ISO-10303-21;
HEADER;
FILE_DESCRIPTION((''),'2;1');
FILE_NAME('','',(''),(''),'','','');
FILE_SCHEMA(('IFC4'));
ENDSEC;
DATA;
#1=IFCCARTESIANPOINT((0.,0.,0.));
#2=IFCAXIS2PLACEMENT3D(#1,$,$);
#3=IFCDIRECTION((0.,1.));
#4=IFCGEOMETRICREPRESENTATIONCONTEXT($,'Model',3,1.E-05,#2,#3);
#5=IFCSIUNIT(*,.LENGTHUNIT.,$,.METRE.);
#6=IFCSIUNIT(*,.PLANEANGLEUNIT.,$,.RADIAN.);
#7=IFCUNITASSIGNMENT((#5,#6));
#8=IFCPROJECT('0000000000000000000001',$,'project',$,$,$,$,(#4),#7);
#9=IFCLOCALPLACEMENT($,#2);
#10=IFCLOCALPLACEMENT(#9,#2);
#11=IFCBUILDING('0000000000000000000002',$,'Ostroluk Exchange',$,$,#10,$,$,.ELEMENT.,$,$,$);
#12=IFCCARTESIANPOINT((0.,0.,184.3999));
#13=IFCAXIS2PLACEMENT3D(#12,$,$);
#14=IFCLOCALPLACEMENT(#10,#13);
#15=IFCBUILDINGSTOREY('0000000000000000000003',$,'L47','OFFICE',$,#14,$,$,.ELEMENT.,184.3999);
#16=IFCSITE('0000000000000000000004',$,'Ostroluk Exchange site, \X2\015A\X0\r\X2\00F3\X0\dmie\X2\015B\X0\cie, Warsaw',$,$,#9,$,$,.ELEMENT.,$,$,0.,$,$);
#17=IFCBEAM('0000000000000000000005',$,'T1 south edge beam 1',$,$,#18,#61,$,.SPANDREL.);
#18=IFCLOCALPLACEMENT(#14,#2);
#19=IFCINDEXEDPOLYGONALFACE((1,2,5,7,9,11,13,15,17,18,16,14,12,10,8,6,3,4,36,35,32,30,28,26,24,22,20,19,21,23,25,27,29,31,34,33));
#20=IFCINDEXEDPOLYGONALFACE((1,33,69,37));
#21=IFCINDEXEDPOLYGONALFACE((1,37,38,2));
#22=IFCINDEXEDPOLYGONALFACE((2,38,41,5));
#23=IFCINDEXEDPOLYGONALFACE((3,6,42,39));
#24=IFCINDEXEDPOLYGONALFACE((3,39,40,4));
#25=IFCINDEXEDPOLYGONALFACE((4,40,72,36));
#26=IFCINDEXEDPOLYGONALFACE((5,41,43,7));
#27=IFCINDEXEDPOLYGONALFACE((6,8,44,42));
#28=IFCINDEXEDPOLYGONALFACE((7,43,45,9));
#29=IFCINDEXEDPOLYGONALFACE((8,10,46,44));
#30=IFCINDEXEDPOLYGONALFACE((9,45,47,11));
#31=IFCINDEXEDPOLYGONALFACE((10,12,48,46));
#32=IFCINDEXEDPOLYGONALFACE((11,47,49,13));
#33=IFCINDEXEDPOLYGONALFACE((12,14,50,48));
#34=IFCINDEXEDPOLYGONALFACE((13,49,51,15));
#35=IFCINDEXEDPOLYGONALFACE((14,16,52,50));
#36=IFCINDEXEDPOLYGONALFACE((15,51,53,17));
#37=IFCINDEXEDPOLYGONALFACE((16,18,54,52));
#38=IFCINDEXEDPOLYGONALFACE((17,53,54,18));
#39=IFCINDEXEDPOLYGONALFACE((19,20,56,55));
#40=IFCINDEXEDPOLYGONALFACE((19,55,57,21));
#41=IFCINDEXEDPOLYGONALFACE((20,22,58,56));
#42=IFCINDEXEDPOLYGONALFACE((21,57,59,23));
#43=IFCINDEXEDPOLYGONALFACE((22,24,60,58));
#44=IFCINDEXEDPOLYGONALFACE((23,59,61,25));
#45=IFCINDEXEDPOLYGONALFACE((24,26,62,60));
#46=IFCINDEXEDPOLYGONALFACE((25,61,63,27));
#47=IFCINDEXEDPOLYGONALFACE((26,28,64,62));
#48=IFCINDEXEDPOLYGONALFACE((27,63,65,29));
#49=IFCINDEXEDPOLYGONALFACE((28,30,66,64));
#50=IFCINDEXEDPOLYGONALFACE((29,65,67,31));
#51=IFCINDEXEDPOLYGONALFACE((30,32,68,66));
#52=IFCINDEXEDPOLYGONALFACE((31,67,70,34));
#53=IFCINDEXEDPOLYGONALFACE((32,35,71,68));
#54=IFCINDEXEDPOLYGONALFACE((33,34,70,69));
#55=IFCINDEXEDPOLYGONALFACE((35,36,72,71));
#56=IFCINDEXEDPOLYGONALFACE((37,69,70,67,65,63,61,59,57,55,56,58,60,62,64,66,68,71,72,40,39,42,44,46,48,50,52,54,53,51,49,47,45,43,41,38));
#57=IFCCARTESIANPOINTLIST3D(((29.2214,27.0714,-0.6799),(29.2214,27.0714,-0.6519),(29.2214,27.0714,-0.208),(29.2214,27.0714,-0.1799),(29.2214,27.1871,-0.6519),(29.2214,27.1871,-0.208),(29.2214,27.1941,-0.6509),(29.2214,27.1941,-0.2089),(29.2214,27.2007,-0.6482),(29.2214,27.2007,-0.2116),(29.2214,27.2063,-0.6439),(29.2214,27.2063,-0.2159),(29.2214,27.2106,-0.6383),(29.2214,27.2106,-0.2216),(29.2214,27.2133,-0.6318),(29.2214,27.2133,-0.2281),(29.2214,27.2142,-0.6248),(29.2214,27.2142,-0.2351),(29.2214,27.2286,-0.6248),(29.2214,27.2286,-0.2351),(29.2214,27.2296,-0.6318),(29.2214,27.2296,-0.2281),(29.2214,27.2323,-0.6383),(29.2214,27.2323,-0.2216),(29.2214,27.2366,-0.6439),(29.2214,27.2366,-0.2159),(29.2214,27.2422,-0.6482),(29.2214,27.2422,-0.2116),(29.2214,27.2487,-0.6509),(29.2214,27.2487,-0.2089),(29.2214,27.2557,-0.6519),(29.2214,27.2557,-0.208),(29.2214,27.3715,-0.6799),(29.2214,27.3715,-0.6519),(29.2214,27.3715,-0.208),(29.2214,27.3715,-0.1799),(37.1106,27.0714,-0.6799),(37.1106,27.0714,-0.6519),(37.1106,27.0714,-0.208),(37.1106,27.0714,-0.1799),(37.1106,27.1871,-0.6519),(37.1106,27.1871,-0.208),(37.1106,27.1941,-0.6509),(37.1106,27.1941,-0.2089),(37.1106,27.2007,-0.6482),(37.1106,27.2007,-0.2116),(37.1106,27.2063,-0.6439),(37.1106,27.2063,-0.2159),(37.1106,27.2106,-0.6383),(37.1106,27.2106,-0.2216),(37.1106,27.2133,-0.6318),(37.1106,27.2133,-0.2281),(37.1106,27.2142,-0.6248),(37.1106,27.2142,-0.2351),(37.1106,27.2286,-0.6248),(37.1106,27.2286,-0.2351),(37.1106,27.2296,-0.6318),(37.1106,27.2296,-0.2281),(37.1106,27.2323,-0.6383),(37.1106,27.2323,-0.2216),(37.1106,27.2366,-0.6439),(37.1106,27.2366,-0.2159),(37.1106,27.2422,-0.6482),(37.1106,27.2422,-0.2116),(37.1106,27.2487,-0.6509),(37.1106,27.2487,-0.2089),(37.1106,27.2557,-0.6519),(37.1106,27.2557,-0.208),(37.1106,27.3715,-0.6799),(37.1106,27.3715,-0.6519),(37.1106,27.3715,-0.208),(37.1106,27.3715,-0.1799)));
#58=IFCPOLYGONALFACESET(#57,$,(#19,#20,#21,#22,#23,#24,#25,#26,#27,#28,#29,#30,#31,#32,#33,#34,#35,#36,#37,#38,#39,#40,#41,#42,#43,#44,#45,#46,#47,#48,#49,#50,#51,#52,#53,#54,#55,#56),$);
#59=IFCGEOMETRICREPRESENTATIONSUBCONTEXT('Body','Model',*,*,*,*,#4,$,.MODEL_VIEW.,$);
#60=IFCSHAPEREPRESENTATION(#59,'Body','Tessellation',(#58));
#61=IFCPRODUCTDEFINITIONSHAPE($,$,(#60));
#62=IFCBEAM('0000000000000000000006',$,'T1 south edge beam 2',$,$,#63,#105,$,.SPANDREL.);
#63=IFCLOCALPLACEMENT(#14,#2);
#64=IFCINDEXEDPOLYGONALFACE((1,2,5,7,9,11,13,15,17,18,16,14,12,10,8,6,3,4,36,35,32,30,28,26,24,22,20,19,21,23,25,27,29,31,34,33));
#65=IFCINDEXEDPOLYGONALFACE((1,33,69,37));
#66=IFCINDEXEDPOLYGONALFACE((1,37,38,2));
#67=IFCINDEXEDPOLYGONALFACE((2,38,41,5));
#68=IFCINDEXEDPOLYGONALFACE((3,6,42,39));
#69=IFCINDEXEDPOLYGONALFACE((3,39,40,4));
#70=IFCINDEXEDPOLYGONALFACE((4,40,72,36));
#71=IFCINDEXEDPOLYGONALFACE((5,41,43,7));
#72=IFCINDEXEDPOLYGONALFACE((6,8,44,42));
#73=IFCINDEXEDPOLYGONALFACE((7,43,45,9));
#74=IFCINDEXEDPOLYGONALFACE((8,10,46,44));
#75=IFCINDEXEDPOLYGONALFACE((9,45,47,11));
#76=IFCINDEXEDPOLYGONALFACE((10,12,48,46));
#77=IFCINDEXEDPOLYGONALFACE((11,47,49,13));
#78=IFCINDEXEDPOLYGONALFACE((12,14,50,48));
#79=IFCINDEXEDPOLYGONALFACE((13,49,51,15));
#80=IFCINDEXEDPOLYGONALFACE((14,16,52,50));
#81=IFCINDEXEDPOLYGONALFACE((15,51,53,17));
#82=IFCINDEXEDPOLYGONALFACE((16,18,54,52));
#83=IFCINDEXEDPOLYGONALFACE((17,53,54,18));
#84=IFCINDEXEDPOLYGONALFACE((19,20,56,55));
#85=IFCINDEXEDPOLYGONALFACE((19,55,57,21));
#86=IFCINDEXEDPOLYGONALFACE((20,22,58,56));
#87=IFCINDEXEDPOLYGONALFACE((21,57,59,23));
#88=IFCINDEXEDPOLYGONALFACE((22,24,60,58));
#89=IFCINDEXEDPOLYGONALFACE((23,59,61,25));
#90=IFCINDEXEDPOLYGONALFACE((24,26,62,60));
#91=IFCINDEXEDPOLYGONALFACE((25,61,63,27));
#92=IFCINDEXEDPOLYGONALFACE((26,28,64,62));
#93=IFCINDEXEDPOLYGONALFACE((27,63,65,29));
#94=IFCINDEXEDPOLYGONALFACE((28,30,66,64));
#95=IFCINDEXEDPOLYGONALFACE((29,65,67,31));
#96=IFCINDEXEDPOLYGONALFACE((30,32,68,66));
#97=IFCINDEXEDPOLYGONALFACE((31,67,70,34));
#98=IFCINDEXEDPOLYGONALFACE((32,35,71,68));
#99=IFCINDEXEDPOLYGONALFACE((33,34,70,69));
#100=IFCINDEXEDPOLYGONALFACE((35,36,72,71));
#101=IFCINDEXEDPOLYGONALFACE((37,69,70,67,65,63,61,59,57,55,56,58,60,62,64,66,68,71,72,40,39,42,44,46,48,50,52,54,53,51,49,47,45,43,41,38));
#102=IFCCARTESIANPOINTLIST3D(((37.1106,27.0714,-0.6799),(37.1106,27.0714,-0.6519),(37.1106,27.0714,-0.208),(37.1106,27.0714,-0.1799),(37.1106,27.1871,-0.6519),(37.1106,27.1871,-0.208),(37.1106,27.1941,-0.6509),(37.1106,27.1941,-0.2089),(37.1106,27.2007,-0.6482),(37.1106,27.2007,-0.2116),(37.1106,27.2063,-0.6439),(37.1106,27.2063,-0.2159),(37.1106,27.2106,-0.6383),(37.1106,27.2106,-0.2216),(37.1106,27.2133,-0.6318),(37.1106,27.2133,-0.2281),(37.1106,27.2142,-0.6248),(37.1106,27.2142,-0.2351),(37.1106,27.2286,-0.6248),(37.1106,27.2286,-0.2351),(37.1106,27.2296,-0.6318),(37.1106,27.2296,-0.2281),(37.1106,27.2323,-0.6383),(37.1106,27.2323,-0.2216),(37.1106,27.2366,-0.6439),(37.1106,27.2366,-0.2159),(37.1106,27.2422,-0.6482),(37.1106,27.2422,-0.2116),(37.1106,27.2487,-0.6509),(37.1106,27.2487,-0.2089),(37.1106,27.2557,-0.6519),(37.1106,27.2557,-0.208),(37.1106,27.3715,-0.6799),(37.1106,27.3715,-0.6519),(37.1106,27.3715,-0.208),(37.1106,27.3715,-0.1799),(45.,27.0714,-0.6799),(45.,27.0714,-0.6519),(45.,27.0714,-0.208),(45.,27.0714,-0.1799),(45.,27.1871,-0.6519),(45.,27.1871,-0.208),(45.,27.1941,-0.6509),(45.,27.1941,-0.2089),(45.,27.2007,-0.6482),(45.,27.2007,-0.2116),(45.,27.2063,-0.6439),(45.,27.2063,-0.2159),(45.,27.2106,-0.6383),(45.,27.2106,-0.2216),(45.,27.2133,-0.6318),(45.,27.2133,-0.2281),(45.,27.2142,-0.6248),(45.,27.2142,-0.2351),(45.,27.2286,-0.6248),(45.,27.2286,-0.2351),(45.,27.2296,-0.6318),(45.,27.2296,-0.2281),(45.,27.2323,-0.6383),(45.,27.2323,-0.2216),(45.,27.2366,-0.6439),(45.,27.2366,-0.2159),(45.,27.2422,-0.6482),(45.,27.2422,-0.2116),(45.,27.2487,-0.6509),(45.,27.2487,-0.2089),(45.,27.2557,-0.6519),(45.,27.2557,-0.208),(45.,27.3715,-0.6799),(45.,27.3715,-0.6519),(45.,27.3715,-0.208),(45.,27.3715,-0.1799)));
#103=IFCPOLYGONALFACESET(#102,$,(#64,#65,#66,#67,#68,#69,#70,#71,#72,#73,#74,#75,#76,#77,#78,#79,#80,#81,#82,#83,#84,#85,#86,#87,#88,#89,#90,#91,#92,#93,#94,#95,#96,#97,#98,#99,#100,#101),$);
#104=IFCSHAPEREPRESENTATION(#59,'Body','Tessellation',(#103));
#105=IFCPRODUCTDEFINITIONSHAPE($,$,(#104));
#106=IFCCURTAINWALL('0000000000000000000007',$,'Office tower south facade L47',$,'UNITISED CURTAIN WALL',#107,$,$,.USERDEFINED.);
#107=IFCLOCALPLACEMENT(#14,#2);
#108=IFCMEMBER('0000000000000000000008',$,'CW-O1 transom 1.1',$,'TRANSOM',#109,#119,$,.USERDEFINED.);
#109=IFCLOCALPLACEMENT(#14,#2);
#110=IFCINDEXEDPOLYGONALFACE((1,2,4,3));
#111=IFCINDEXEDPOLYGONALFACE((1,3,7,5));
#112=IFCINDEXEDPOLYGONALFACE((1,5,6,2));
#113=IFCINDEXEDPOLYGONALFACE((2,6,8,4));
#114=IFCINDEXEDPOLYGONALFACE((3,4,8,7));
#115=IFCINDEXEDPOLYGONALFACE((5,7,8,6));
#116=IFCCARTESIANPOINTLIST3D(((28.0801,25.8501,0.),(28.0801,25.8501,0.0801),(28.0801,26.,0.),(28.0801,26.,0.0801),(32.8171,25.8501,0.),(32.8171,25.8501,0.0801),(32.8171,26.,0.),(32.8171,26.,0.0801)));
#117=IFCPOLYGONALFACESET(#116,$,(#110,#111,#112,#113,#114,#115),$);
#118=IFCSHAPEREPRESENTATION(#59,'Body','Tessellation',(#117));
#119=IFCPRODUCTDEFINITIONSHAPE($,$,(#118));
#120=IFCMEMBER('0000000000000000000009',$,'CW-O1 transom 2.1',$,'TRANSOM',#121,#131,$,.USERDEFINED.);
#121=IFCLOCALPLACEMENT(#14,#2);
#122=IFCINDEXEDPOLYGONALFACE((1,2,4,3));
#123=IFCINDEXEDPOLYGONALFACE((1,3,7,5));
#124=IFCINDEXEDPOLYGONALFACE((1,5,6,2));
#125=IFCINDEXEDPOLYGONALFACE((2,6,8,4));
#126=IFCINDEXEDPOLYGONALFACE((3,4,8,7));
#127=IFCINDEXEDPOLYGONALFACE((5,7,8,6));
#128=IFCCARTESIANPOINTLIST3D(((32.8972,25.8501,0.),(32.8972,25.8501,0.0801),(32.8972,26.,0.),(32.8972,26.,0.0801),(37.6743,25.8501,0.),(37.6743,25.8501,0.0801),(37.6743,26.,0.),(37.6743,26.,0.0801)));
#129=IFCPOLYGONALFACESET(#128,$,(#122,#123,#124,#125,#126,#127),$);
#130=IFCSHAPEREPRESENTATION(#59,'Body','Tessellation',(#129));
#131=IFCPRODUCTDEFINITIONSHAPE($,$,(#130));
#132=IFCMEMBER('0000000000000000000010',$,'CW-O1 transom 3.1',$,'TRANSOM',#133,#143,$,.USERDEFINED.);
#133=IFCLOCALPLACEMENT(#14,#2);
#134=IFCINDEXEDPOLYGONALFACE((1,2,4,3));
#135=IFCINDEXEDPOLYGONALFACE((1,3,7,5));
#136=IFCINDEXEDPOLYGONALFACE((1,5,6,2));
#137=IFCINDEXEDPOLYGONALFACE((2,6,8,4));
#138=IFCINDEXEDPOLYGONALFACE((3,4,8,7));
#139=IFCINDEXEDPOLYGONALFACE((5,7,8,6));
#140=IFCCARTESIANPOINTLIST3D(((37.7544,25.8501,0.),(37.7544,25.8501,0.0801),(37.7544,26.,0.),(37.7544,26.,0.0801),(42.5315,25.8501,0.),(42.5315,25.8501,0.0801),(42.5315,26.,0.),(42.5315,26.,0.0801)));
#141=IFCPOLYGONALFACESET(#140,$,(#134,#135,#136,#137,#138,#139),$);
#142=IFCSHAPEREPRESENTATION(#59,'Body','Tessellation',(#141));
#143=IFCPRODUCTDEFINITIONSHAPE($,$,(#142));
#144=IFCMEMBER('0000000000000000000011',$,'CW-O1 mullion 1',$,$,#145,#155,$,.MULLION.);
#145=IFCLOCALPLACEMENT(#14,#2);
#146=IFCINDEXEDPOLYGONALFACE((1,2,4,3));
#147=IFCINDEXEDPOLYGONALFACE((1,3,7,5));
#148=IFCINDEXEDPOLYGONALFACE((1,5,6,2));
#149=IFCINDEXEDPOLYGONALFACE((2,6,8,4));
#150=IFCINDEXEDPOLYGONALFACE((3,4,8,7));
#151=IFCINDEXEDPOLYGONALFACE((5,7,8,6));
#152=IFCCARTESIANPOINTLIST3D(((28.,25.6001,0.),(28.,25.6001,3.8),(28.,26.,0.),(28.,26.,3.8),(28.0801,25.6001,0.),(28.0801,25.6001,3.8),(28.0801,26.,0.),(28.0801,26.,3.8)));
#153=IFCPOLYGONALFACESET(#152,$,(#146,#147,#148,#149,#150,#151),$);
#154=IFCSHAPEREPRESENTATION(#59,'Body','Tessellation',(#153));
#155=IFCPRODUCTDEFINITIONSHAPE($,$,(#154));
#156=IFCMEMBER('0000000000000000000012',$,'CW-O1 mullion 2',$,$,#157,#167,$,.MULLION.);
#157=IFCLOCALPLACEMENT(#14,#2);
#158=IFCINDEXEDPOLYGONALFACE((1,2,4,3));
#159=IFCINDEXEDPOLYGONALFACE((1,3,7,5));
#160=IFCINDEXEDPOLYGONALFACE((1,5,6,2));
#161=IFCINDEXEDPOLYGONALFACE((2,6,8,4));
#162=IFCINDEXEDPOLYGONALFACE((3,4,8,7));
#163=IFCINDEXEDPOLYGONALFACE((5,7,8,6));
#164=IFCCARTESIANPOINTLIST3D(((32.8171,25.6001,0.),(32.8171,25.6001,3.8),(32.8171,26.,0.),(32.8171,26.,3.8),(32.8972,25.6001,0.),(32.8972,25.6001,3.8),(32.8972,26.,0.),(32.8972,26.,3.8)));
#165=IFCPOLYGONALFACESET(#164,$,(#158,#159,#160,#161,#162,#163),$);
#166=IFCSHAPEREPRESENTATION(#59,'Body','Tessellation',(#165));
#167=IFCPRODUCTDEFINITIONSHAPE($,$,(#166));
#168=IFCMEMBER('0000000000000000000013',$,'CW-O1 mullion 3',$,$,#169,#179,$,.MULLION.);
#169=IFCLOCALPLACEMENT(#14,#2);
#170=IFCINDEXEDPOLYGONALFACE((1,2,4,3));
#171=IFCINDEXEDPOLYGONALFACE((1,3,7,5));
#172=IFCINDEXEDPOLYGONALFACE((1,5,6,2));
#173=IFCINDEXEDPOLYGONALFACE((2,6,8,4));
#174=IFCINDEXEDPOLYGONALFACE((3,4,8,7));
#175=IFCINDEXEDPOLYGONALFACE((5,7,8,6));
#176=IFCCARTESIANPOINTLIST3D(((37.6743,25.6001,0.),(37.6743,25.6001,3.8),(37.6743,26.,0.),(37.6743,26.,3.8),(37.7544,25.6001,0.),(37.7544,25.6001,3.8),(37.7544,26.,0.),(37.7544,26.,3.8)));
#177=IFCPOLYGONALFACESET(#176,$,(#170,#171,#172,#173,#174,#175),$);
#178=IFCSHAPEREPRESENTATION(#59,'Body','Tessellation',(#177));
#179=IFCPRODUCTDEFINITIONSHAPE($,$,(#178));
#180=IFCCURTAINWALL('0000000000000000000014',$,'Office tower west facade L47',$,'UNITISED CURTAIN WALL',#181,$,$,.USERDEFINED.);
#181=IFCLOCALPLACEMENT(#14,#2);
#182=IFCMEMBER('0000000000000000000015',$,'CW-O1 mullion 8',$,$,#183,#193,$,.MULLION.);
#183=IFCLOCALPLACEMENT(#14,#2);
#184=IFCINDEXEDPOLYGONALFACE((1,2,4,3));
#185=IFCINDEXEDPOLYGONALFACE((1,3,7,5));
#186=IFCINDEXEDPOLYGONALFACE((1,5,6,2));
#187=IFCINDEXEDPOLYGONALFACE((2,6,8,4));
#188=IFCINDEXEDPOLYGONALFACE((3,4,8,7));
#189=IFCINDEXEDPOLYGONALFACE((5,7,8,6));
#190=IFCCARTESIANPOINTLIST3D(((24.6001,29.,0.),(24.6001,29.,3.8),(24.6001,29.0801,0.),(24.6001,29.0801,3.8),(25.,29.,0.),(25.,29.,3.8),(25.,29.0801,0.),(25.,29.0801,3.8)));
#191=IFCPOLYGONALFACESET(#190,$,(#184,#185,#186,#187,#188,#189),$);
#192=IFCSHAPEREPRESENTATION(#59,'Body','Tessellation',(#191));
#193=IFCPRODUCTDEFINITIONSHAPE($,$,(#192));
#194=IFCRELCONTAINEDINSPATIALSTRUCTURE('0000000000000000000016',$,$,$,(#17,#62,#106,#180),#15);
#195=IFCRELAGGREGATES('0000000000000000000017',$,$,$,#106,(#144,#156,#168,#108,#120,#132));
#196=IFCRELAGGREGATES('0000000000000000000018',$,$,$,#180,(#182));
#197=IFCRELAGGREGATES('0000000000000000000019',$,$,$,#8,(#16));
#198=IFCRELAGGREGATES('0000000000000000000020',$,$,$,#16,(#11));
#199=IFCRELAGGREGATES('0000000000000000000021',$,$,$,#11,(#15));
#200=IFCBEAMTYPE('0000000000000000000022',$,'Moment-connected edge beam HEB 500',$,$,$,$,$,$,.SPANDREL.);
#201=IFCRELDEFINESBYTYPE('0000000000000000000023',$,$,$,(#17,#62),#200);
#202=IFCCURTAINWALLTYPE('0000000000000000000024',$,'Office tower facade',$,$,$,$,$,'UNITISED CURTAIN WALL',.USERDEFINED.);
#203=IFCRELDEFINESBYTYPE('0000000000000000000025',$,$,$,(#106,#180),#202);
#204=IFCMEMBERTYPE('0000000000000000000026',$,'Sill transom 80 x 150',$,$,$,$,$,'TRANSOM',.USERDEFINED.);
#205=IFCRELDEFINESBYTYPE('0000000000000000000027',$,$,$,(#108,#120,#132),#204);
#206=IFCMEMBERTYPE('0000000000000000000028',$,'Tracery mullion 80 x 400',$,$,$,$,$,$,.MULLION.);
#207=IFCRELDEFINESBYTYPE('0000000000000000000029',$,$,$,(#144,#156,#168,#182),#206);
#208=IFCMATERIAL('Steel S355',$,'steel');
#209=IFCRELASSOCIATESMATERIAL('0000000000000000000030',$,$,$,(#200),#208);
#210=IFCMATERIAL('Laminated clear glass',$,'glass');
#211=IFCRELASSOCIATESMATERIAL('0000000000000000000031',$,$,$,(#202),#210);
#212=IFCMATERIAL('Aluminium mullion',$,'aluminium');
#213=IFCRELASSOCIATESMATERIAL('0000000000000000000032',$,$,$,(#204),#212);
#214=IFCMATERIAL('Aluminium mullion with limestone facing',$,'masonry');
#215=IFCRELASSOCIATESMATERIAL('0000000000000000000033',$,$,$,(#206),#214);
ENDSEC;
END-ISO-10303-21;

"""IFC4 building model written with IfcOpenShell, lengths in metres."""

from ifc_helpers import new_model, si_unit, direction, frame, origin, origin_2d, place, context, subcontext, project, spatial, rectangle, i_section, extrude, material, material_profile, profile_set, type_object, element, aggregate, save


model = new_model("IFC4")

# Units and contexts
model_context = context("Model", 3, precision=1e-05, world=origin(), true_north=direction((0.0, 1.0)))
body_context = subcontext(model_context, "Body", "Model", "MODEL_VIEW")
ifc_project = project(units=[si_unit("LENGTHUNIT", "METRE"), si_unit("PLANEANGLEUNIT", "RADIAN")], contexts=[model_context])

# Site, building, storey
site_placement = place(None, origin())
site = spatial("IfcSite", under=ifc_project, at=site_placement, Name="Ostroluk Exchange site, Śródmieście, Warsaw", CompositionType="ELEMENT", RefElevation=0.0)
building_placement = place(site_placement, origin())
building = spatial("IfcBuilding", under=site, at=building_placement, Name="Ostroluk Exchange", CompositionType="ELEMENT")
storey_placement = place(building_placement, frame((0.0, 0.0, 184.3999)))
storey = spatial("IfcBuildingStorey", under=building, at=storey_placement, Name="L47", Description="OFFICE", CompositionType="ELEMENT", Elevation=184.3999)

# Beams
ifc_material_1 = material(Name="Steel S355", Category="steel")
ifc_material_profile_1 = material_profile(ifc_material_1, i_section(OverallWidth=0.3, OverallDepth=0.5, WebThickness=0.0144, FlangeThickness=0.0281, FilletRadius=0.0271, at=origin_2d()), Name="HEB 500")
ifc_profile_set_1 = profile_set([ifc_material_profile_1], Name="Steel S355")
beam_type_1 = type_object("IfcBeamType", Name="Moment-connected edge beam HEB 500", PredefinedType="SPANDREL", material=ifc_profile_set_1)
beam_1_placement = place(storey_placement, frame((29.2214, 27.2214, -0.4299), z_axis=(1.0, 0.0, 0.0), x_axis=(0.0, 1.0, 0.0)))
element("IfcBeam", 1, at=beam_1_placement, inside=storey, type_object=beam_type_1, Name="T1 south edge beam 1", PredefinedType="SPANDREL", context=body_context, shape_type="SweptSolid", body=[
    extrude(i_section(OverallWidth=0.3, OverallDepth=0.5, WebThickness=0.0144, FlangeThickness=0.0281, FilletRadius=0.0271, at=origin_2d()), origin(), (0.0, 0.0, 1.0), 7.8892),
])
beam_2_placement = place(storey_placement, frame((37.1106, 27.2214, -0.4299), z_axis=(1.0, 0.0, 0.0), x_axis=(0.0, 1.0, 0.0)))
element("IfcBeam", 2, at=beam_2_placement, inside=storey, type_object=beam_type_1, Name="T1 south edge beam 2", PredefinedType="SPANDREL", context=body_context, shape_type="SweptSolid", body=[
    extrude(i_section(OverallWidth=0.3, OverallDepth=0.5, WebThickness=0.0144, FlangeThickness=0.0281, FilletRadius=0.0271, at=origin_2d()), origin(), (0.0, 0.0, 1.0), 7.8894),
])

# Curtain wall, members
ifc_material_2 = material(Name="Laminated clear glass", Category="glass")
curtain_wall_type = type_object("IfcCurtainWallType", Name="Office tower facade", ElementType="UNITISED CURTAIN WALL", PredefinedType="USERDEFINED", material=ifc_material_2)
curtain_wall_1_placement = place(storey_placement, origin())
curtain_wall_1 = element("IfcCurtainWall", 3, at=curtain_wall_1_placement, inside=storey, type_object=curtain_wall_type, Name="Office tower south facade L47", ObjectType="UNITISED CURTAIN WALL", PredefinedType="USERDEFINED")
ifc_material_3 = material(Name="Aluminium mullion", Category="aluminium")
ifc_material_profile_2 = material_profile(ifc_material_3, rectangle(XDim=0.1499, YDim=0.0801, at=origin_2d()), Name="Sill transom 80 x 150")
ifc_profile_set_2 = profile_set([ifc_material_profile_2], Name="Aluminium mullion")
member_type_1 = type_object("IfcMemberType", Name="Sill transom 80 x 150", ElementType="TRANSOM", PredefinedType="USERDEFINED", material=ifc_profile_set_2)
member_1_placement = place(storey_placement, frame((28.0801, 25.925, 0.04), z_axis=(1.0, 0.0, 0.0), x_axis=(0.0, 1.0, 0.0)))
member_1 = element("IfcMember", 4, at=member_1_placement, type_object=member_type_1, Name="CW-O1 transom 1.1", ObjectType="TRANSOM", PredefinedType="USERDEFINED", context=body_context, shape_type="SweptSolid", body=[
    extrude(rectangle(XDim=0.1499, YDim=0.0801, at=origin_2d()), origin(), (0.0, 0.0, 1.0), 4.7371),
])
member_2_placement = place(storey_placement, frame((32.8972, 25.925, 0.04), z_axis=(1.0, 0.0, 0.0), x_axis=(0.0, 1.0, 0.0)))
member_2 = element("IfcMember", 5, at=member_2_placement, type_object=member_type_1, Name="CW-O1 transom 2.1", ObjectType="TRANSOM", PredefinedType="USERDEFINED", context=body_context, shape_type="SweptSolid", body=[
    extrude(rectangle(XDim=0.1499, YDim=0.0801, at=origin_2d()), origin(), (0.0, 0.0, 1.0), 4.7771),
])
member_3_placement = place(storey_placement, frame((37.7544, 25.925, 0.04), z_axis=(1.0, 0.0, 0.0), x_axis=(0.0, 1.0, 0.0)))
member_3 = element("IfcMember", 6, at=member_3_placement, type_object=member_type_1, Name="CW-O1 transom 3.1", ObjectType="TRANSOM", PredefinedType="USERDEFINED", context=body_context, shape_type="SweptSolid", body=[
    extrude(rectangle(XDim=0.1499, YDim=0.0801, at=origin_2d()), origin(), (0.0, 0.0, 1.0), 4.7771),
])
ifc_material_4 = material(Name="Aluminium mullion with limestone facing", Category="masonry")
ifc_material_profile_3 = material_profile(ifc_material_4, rectangle(XDim=0.3999, YDim=0.0801, at=origin_2d()), Name="Tracery mullion 80 x 400")
ifc_profile_set_3 = profile_set([ifc_material_profile_3], Name="Aluminium mullion with limestone facing")
member_type_2 = type_object("IfcMemberType", Name="Tracery mullion 80 x 400", PredefinedType="MULLION", material=ifc_profile_set_3)
member_4_placement = place(storey_placement, frame((28.04, 25.8, 0.0), z_axis=(0.0, 0.0, 1.0), x_axis=(0.0, 1.0, 0.0)))
member_4 = element("IfcMember", 7, at=member_4_placement, type_object=member_type_2, Name="CW-O1 mullion 1", PredefinedType="MULLION", context=body_context, shape_type="SweptSolid", body=[
    extrude(rectangle(XDim=0.3999, YDim=0.0801, at=origin_2d()), origin(), (0.0, 0.0, 1.0), 3.8),
])
member_5_placement = place(storey_placement, frame((32.8572, 25.8, 0.0), z_axis=(0.0, 0.0, 1.0), x_axis=(0.0, 1.0, 0.0)))
member_5 = element("IfcMember", 8, at=member_5_placement, type_object=member_type_2, Name="CW-O1 mullion 2", PredefinedType="MULLION", context=body_context, shape_type="SweptSolid", body=[
    extrude(rectangle(XDim=0.3999, YDim=0.0801, at=origin_2d()), origin(), (0.0, 0.0, 1.0), 3.8),
])
member_6_placement = place(storey_placement, frame((37.7144, 25.8, 0.0), z_axis=(0.0, 0.0, 1.0), x_axis=(0.0, 1.0, 0.0)))
member_6 = element("IfcMember", 9, at=member_6_placement, type_object=member_type_2, Name="CW-O1 mullion 3", PredefinedType="MULLION", context=body_context, shape_type="SweptSolid", body=[
    extrude(rectangle(XDim=0.3999, YDim=0.0801, at=origin_2d()), origin(), (0.0, 0.0, 1.0), 3.8),
])

# Curtain wall, member
curtain_wall_2_placement = place(storey_placement, origin())
curtain_wall_2 = element("IfcCurtainWall", 10, at=curtain_wall_2_placement, inside=storey, type_object=curtain_wall_type, Name="Office tower west facade L47", ObjectType="UNITISED CURTAIN WALL", PredefinedType="USERDEFINED")
member_7_placement = place(storey_placement, frame((24.8, 29.04, 0.0), z_axis=(0.0, 0.0, 1.0), x_axis=(1.0, 0.0, 0.0)))
member_7 = element("IfcMember", 11, at=member_7_placement, type_object=member_type_2, Name="CW-O1 mullion 8", PredefinedType="MULLION", context=body_context, shape_type="SweptSolid", body=[
    extrude(rectangle(XDim=0.3999, YDim=0.0801, at=origin_2d()), origin(), (0.0, 0.0, 1.0), 3.8),
])

aggregate(curtain_wall_1, [member_4, member_5, member_6, member_1, member_2, member_3])
aggregate(curtain_wall_2, [member_7])

save(model, "model.ifc")
